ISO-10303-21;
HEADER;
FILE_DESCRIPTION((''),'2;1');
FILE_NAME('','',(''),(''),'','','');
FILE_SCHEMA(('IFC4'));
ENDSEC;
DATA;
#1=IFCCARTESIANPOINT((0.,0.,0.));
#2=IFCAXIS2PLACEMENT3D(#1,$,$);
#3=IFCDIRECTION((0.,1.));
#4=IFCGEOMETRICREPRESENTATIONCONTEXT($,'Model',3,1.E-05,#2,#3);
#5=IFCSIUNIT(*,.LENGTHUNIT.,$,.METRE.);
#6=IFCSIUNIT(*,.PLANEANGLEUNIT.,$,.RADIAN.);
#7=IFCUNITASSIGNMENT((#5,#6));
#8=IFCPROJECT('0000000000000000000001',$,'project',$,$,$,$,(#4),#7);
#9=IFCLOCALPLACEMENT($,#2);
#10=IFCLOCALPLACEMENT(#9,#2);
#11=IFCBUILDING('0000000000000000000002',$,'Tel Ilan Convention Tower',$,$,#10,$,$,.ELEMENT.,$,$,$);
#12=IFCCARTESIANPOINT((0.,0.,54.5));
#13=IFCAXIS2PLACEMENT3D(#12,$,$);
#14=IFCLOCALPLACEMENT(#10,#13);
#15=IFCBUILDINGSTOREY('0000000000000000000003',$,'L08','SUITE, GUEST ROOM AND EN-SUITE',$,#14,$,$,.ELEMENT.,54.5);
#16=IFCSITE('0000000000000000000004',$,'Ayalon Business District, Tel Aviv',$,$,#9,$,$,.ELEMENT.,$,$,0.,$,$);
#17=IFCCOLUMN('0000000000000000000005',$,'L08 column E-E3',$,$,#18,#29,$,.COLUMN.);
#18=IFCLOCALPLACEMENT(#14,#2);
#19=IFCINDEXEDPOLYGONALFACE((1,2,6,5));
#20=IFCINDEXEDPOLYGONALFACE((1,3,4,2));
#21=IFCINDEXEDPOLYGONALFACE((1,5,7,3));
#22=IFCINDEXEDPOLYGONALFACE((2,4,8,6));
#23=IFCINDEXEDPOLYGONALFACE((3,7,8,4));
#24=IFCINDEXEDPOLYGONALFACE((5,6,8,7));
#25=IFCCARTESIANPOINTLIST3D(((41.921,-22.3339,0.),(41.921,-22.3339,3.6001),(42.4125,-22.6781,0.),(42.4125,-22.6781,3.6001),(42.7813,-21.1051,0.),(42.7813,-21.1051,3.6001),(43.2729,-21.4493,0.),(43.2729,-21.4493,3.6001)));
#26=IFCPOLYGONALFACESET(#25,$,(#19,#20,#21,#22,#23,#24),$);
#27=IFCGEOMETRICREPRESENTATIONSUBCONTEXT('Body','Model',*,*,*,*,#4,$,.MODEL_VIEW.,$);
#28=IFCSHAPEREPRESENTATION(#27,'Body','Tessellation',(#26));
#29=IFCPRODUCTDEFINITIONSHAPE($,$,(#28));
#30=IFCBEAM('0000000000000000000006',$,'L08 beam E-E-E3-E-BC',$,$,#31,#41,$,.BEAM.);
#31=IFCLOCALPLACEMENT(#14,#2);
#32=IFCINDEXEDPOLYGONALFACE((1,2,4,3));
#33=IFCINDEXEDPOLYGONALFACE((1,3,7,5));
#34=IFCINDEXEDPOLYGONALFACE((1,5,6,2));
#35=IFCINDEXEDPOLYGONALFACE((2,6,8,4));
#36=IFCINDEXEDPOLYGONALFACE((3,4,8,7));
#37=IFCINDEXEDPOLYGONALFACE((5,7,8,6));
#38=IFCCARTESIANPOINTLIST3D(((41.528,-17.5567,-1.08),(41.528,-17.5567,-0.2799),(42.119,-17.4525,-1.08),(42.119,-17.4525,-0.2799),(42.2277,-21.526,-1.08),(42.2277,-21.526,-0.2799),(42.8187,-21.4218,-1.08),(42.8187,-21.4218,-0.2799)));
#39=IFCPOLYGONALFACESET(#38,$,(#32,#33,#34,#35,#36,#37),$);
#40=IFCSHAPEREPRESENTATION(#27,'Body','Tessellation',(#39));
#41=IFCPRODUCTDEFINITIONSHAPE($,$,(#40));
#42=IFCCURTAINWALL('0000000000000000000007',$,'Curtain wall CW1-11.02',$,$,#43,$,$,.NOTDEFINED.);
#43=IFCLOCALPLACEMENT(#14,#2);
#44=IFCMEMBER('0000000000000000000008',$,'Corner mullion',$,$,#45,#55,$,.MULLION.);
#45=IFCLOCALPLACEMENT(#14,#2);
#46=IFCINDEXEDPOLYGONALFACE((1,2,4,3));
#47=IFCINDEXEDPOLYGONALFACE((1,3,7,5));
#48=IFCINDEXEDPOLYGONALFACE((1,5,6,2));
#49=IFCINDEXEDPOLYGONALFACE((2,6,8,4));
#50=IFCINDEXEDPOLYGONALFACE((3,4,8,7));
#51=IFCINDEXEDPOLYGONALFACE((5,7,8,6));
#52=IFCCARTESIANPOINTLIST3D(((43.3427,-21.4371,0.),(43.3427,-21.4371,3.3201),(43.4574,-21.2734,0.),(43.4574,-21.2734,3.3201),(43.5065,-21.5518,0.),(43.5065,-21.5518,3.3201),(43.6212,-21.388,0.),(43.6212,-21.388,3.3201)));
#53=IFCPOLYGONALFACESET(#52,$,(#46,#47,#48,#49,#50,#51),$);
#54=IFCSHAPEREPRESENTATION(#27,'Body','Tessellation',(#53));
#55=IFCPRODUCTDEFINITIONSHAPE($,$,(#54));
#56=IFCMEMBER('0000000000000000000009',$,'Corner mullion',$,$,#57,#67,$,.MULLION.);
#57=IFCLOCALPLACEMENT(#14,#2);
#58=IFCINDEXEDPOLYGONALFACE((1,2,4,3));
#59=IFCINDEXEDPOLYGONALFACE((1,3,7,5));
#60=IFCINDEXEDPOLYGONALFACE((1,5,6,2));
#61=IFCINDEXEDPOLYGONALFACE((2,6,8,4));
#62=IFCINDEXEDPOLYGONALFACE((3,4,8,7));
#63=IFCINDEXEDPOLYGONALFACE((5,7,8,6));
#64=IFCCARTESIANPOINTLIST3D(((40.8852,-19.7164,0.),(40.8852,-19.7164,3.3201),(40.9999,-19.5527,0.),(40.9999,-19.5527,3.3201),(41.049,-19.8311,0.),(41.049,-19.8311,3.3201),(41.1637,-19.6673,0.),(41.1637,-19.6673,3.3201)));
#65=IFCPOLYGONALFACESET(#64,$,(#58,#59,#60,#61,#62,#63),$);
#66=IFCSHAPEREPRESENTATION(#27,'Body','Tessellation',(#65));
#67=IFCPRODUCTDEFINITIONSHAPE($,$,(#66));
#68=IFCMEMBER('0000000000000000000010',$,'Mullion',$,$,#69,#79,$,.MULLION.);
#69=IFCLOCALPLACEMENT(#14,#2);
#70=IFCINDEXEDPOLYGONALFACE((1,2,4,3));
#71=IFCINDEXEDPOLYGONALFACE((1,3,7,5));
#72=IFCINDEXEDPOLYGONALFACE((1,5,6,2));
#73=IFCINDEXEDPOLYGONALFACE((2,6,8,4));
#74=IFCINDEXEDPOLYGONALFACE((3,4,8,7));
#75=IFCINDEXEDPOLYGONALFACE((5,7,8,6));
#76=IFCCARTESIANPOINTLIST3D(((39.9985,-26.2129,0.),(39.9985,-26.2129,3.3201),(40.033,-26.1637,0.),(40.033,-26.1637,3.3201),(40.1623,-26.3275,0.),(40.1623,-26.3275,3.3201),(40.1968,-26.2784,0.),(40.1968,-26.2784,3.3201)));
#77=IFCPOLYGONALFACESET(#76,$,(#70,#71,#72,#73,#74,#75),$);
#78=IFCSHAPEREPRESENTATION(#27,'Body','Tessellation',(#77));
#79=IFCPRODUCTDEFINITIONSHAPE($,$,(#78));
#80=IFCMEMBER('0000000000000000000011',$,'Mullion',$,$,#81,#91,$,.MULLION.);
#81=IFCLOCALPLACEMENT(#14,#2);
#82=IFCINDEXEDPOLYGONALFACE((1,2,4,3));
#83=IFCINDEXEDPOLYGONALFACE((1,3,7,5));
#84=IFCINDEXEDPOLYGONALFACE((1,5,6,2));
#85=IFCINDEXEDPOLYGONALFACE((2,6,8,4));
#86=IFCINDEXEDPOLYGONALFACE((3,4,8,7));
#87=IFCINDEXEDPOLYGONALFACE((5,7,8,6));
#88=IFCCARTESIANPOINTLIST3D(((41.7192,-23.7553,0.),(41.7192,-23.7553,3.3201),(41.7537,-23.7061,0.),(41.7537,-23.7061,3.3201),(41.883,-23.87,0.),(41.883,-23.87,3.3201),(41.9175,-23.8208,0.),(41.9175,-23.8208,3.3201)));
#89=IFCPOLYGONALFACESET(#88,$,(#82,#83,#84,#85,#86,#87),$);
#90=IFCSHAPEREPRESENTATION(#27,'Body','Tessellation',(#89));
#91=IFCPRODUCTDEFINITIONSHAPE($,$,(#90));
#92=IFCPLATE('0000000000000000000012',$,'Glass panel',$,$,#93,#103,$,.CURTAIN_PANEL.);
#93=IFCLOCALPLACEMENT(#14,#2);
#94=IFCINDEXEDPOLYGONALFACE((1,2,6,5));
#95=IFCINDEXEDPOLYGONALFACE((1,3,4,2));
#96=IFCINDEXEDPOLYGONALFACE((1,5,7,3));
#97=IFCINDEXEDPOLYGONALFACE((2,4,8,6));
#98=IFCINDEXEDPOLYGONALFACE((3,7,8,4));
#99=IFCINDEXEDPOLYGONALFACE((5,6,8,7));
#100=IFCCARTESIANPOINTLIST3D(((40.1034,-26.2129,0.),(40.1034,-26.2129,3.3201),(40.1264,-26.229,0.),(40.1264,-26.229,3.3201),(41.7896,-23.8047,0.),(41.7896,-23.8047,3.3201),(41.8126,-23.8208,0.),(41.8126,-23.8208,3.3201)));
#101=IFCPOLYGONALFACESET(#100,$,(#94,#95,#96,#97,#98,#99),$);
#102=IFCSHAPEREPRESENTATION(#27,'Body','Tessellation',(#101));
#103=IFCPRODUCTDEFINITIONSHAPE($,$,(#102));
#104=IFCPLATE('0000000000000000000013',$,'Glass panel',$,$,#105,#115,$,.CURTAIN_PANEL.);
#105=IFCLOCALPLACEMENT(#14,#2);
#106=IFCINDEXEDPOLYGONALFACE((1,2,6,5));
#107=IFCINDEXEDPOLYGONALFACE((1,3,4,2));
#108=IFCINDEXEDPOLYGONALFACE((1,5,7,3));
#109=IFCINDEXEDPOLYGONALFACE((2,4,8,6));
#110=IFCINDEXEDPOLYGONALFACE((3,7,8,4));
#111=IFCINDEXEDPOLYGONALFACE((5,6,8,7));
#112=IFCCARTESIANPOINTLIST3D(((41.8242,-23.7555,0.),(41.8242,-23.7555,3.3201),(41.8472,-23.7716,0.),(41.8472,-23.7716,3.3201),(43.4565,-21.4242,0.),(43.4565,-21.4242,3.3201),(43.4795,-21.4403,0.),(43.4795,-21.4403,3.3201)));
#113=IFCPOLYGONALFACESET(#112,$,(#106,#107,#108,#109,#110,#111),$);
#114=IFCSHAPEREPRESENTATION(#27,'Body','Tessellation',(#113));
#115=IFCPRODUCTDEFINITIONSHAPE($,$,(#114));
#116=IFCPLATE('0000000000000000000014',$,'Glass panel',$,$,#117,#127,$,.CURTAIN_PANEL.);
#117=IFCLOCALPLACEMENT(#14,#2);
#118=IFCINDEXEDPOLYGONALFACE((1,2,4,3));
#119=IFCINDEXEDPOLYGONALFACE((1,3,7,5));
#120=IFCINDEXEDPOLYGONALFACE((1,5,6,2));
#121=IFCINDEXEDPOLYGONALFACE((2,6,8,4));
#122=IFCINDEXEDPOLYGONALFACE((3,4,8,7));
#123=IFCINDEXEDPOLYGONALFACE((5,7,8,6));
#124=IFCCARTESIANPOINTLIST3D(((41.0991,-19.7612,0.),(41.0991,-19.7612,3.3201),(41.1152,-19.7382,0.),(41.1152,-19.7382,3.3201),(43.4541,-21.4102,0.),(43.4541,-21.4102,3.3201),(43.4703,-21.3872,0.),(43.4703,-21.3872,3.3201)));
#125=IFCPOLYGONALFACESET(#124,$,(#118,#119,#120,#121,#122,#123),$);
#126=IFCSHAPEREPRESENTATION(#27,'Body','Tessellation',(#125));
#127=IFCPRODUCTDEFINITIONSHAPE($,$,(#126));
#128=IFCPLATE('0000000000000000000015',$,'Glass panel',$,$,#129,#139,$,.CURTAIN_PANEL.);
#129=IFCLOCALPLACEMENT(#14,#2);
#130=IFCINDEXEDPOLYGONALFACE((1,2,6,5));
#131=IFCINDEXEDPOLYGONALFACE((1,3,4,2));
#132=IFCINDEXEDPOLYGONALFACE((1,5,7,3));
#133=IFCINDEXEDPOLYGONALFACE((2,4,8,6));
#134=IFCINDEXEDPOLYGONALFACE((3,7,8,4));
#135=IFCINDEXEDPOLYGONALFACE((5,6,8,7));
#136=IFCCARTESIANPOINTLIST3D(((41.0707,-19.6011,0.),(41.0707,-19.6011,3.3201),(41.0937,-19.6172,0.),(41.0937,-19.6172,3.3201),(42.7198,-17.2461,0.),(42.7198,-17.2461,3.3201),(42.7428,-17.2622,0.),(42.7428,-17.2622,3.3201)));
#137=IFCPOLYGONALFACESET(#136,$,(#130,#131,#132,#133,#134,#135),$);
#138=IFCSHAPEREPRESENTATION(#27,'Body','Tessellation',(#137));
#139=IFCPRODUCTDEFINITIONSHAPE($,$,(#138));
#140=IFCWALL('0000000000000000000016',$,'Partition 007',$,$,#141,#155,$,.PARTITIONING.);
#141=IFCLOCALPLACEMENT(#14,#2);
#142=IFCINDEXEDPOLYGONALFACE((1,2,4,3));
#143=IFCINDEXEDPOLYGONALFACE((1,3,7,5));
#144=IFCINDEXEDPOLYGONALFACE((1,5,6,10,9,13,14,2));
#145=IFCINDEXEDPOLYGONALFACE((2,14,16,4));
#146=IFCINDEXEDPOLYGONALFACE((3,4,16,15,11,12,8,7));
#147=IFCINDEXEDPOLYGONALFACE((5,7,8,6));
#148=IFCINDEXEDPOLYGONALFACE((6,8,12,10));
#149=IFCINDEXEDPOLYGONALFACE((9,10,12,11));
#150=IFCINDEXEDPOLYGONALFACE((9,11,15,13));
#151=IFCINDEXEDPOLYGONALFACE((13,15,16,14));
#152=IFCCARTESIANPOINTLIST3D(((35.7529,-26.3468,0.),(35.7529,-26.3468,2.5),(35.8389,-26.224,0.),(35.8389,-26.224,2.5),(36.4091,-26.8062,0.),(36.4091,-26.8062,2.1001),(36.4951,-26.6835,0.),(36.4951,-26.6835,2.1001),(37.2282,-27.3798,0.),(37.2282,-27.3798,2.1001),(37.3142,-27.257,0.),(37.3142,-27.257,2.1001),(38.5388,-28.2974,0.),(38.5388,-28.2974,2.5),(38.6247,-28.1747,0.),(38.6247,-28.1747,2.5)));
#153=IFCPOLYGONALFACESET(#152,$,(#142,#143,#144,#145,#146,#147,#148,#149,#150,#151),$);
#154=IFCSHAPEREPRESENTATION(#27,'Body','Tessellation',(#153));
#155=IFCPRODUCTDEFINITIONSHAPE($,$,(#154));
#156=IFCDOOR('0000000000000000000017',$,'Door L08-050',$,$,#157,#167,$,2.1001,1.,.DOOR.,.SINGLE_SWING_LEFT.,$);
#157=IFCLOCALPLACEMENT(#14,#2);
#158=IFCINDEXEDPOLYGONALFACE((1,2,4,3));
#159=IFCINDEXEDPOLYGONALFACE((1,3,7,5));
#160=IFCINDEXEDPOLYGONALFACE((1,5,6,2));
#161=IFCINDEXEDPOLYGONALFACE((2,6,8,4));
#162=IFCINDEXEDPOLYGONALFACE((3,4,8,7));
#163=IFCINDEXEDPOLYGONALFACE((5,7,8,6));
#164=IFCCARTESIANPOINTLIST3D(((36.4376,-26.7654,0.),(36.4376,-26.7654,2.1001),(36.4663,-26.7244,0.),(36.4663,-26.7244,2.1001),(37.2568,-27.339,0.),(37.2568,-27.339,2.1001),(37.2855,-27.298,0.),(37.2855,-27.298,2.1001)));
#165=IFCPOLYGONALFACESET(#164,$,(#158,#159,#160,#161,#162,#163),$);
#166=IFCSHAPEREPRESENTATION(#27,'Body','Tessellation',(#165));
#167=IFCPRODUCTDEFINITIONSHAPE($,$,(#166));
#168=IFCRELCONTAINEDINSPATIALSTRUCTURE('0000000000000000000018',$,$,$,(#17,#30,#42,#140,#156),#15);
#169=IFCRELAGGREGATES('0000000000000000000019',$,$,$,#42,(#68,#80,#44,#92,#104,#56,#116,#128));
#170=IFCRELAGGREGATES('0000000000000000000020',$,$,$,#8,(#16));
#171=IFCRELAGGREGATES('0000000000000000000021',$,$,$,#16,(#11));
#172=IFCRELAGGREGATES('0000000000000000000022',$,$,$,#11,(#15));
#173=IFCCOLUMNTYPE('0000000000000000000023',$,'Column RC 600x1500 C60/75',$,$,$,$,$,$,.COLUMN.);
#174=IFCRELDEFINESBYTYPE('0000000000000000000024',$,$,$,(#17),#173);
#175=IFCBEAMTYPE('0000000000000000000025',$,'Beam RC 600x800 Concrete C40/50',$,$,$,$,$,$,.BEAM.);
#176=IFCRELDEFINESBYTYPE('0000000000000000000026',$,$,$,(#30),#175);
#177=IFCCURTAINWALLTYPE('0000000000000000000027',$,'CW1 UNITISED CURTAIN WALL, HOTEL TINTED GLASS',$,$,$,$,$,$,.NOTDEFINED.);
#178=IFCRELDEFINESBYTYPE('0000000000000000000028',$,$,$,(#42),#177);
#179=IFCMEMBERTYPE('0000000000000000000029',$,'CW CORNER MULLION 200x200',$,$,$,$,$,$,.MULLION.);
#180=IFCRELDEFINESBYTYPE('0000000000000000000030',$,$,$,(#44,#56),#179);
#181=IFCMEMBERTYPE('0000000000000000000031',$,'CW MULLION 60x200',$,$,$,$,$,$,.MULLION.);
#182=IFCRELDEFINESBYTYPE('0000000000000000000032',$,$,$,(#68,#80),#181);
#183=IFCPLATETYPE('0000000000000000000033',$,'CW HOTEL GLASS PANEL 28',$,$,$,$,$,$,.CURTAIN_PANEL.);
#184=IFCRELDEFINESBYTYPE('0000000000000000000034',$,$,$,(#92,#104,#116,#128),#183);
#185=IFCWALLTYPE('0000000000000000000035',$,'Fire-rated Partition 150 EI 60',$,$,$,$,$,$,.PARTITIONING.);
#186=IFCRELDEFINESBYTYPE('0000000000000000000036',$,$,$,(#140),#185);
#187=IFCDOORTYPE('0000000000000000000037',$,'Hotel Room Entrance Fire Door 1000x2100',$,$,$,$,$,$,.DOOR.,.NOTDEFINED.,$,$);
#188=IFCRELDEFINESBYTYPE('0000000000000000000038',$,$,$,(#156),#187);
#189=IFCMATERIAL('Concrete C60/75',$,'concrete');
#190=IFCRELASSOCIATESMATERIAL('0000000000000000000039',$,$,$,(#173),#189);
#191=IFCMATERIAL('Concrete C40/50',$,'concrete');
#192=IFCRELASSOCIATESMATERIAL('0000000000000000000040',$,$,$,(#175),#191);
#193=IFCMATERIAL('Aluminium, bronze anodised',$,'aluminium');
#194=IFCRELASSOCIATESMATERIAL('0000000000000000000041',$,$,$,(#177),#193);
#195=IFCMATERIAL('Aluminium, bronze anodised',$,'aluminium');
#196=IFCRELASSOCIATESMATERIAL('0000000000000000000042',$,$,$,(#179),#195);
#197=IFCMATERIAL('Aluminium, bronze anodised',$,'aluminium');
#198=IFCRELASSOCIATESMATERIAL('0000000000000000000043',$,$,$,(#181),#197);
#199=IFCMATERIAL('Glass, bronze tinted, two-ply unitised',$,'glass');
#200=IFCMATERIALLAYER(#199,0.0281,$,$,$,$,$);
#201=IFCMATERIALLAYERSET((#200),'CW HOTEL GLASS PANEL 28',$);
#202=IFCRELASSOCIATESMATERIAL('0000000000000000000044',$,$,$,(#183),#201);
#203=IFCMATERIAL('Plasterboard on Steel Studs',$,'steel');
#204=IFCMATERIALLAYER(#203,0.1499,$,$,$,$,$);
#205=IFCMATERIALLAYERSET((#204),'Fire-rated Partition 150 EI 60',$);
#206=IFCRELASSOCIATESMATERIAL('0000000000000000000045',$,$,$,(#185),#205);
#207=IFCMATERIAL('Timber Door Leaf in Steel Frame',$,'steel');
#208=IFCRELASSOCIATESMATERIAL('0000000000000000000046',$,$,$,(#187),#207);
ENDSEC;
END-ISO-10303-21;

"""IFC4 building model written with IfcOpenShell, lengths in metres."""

from ifc_helpers import new_model, si_unit, direction, frame, frame_2d, origin, origin_2d, place, context, subcontext, project, spatial, rectangle, extrude, material, layer, layer_set, material_profile, profile_set, type_object, element, fill, aggregate, save


model = new_model("IFC4")

# Units and contexts
model_context = context("Model", 3, precision=1e-05, world=origin(), true_north=direction((0.0, 1.0)))
body_context = subcontext(model_context, "Body", "Model", "MODEL_VIEW")
ifc_project = project(units=[si_unit("LENGTHUNIT", "METRE"), si_unit("PLANEANGLEUNIT", "RADIAN")], contexts=[model_context])

# Site, building, storey
site_placement = place(None, origin())
site = spatial("IfcSite", under=ifc_project, at=site_placement, Name="Ayalon Business District, Tel Aviv", CompositionType="ELEMENT", RefElevation=0.0)
building_placement = place(site_placement, origin())
building = spatial("IfcBuilding", under=site, at=building_placement, Name="Tel Ilan Convention Tower", CompositionType="ELEMENT")
storey_placement = place(building_placement, frame((0.0, 0.0, 54.5)))
storey = spatial("IfcBuildingStorey", under=building, at=storey_placement, Name="L08", Description="SUITE, GUEST ROOM AND EN-SUITE", CompositionType="ELEMENT", Elevation=54.5)

# Column
ifc_material_1 = material(Name="Concrete C60/75", Category="concrete")
ifc_material_profile_1 = material_profile(ifc_material_1, rectangle(XDim=1.5, YDim=0.6001, at=origin_2d()), Name="RC 600x1500")
ifc_profile_set_1 = profile_set([ifc_material_profile_1], Name="Concrete C60/75")
column_type = type_object("IfcColumnType", Name="Column RC 600x1500 C60/75", PredefinedType="COLUMN", material=ifc_profile_set_1)
column_placement = place(storey_placement, frame((42.5969, -21.8916, 0.0), z_axis=(0.0, 0.0, 1.0), x_axis=(0.573576, 0.819152, 0.0)))
element("IfcColumn", 1, at=column_placement, inside=storey, type_object=column_type, Name="L08 column E-E3", PredefinedType="COLUMN", context=body_context, shape_type="SweptSolid", body=[
    extrude(rectangle(XDim=1.5, YDim=0.6001, at=origin_2d()), origin(), (0.0, 0.0, 1.0), 3.6001),
])

# Beam
ifc_material_2 = material(Name="Concrete C40/50", Category="concrete")
ifc_material_profile_2 = material_profile(ifc_material_2, rectangle(XDim=0.6001, YDim=0.8, at=origin_2d()), Name="RC 600x800")
ifc_profile_set_2 = profile_set([ifc_material_profile_2], Name="Concrete C40/50")
beam_type = type_object("IfcBeamType", Name="Beam RC 600x800 Concrete C40/50", PredefinedType="BEAM", material=ifc_profile_set_2)
beam_placement = place(storey_placement, frame((42.5232, -21.4739, -0.6799), z_axis=(-0.173606, 0.984815, 0.0), x_axis=(-0.984815, -0.173606, 0.0)))
element("IfcBeam", 2, at=beam_placement, inside=storey, type_object=beam_type, Name="L08 beam E-E-E3-E-BC", PredefinedType="BEAM", context=body_context, shape_type="SweptSolid", body=[
    extrude(rectangle(XDim=0.6001, YDim=0.8, at=origin_2d()), origin(), (0.0, 0.0, 1.0), 4.0305),
])

# Curtain wall, members, plates
ifc_material_3 = material(Name="Aluminium, bronze anodised", Category="aluminium")
curtain_wall_type = type_object("IfcCurtainWallType", Name="CW1 UNITISED CURTAIN WALL, HOTEL TINTED GLASS", PredefinedType="NOTDEFINED", material=ifc_material_3)
curtain_wall_placement = place(storey_placement, origin())
curtain_wall = element("IfcCurtainWall", 3, at=curtain_wall_placement, inside=storey, type_object=curtain_wall_type, Name="Curtain wall CW1-11.02", PredefinedType="NOTDEFINED")
ifc_material_4 = material(Name="Aluminium, bronze anodised", Category="aluminium")
ifc_material_profile_3 = material_profile(ifc_material_4, rectangle(XDim=0.2, YDim=0.2, at=origin_2d()), Name="CW CORNER MULLION 200x200")
ifc_profile_set_3 = profile_set([ifc_material_profile_3], Name="Aluminium, bronze anodised")
member_type_1 = type_object("IfcMemberType", Name="CW CORNER MULLION 200x200", PredefinedType="MULLION", material=ifc_profile_set_3)
member_1_placement = place(storey_placement, frame((43.4819, -21.4126, 0.0), z_axis=(0.0, 0.0, 1.0), x_axis=(0.573576, 0.819152, 0.0)))
member_1 = element("IfcMember", 4, at=member_1_placement, type_object=member_type_1, Name="Corner mullion", PredefinedType="MULLION", context=body_context, shape_type="SweptSolid", body=[
    extrude(rectangle(XDim=0.2, YDim=0.2, at=origin_2d()), origin(), (0.0, 0.0, 1.0), 3.3201),
])
member_2_placement = place(storey_placement, frame((41.0244, -19.6919, 0.0), z_axis=(0.0, 0.0, 1.0), x_axis=(-0.819152, 0.573576, 0.0)))
member_2 = element("IfcMember", 5, at=member_2_placement, type_object=member_type_1, Name="Corner mullion", PredefinedType="MULLION", context=body_context, shape_type="SweptSolid", body=[
    extrude(rectangle(XDim=0.2, YDim=0.2, at=origin_2d()), origin(), (0.0, 0.0, 1.0), 3.3201),
])
ifc_material_5 = material(Name="Aluminium, bronze anodised", Category="aluminium")
ifc_material_profile_4 = material_profile(ifc_material_5, rectangle(XDim=0.0601, YDim=0.2, at=origin_2d()), Name="CW MULLION 60x200")
ifc_profile_set_4 = profile_set([ifc_material_profile_4], Name="Aluminium, bronze anodised")
member_type_2 = type_object("IfcMemberType", Name="CW MULLION 60x200", PredefinedType="MULLION", material=ifc_profile_set_4)
member_3_placement = place(storey_placement, frame((40.0977, -26.2456, 0.0), z_axis=(0.0, 0.0, 1.0), x_axis=(0.573576, 0.819152, 0.0)))
member_3 = element("IfcMember", 6, at=member_3_placement, type_object=member_type_2, Name="Mullion", PredefinedType="MULLION", context=body_context, shape_type="SweptSolid", body=[
    extrude(rectangle(XDim=0.0601, YDim=0.2, at=origin_2d()), origin(), (0.0, 0.0, 1.0), 3.3201),
])
member_4_placement = place(storey_placement, frame((41.8184, -23.7881, 0.0), z_axis=(0.0, 0.0, 1.0), x_axis=(0.573576, 0.819152, 0.0)))
member_4 = element("IfcMember", 7, at=member_4_placement, type_object=member_type_2, Name="Mullion", PredefinedType="MULLION", context=body_context, shape_type="SweptSolid", body=[
    extrude(rectangle(XDim=0.0601, YDim=0.2, at=origin_2d()), origin(), (0.0, 0.0, 1.0), 3.3201),
])
ifc_material_6 = material(Name="Glass, bronze tinted, two-ply unitised", Category="glass")
ifc_layer_1 = layer(ifc_material_6, 0.0281)
ifc_layer_set_1 = layer_set([ifc_layer_1], Name="CW HOTEL GLASS PANEL 28")
plate_type = type_object("IfcPlateType", Name="CW HOTEL GLASS PANEL 28", PredefinedType="CURTAIN_PANEL", material=ifc_layer_set_1)
plate_1_placement = place(storey_placement, frame((40.958, -25.0168, 0.0), z_axis=(0.0, 0.0, 1.0), x_axis=(0.573576, 0.819152, 0.0)))
plate_1 = element("IfcPlate", 8, at=plate_1_placement, type_object=plate_type, Name="Glass panel", PredefinedType="CURTAIN_PANEL", context=body_context, shape_type="SweptSolid", body=[
    extrude(rectangle(XDim=2.9399, YDim=0.0281, at=origin_2d()), origin(), (0.0, 0.0, 1.0), 3.3201),
])
plate_2_placement = place(storey_placement, frame((42.6519, -22.5979, 0.0), z_axis=(0.0, 0.0, 1.0), x_axis=(0.573576, 0.819152, 0.0)))
plate_2 = element("IfcPlate", 9, at=plate_2_placement, type_object=plate_type, Name="Glass panel", PredefinedType="CURTAIN_PANEL", context=body_context, shape_type="SweptSolid", body=[
    extrude(rectangle(XDim=2.8459, YDim=0.0281, at=origin_2d()), origin(), (0.0, 0.0, 1.0), 3.3201),
])
plate_3_placement = place(storey_placement, frame((42.2847, -20.5742, 0.0), z_axis=(0.0, 0.0, 1.0), x_axis=(-0.819152, 0.573576, 0.0)))
plate_3 = element("IfcPlate", 10, at=plate_3_placement, type_object=plate_type, Name="Glass panel", PredefinedType="CURTAIN_PANEL", context=body_context, shape_type="SweptSolid", body=[
    extrude(rectangle(XDim=2.875, YDim=0.0281, at=origin_2d()), origin(), (0.0, 0.0, 1.0), 3.3201),
])
plate_4_placement = place(storey_placement, frame((41.9067, -18.4316, 0.0), z_axis=(0.0, 0.0, 1.0), x_axis=(0.573576, 0.819152, 0.0)))
plate_4 = element("IfcPlate", 11, at=plate_4_placement, type_object=plate_type, Name="Glass panel", PredefinedType="CURTAIN_PANEL", context=body_context, shape_type="SweptSolid", body=[
    extrude(rectangle(XDim=2.875, YDim=0.0281, at=origin_2d()), origin(), (0.0, 0.0, 1.0), 3.3201),
])
aggregate(curtain_wall, [member_3, member_4, member_1, plate_1, plate_2, member_2, plate_3, plate_4])

# Wall, opening, door
ifc_material_7 = material(Name="Plasterboard on Steel Studs", Category="steel")
ifc_layer_2 = layer(ifc_material_7, 0.1499)
ifc_layer_set_2 = layer_set([ifc_layer_2], Name="Fire-rated Partition 150 EI 60")
wall_type_1 = type_object("IfcWallType", Name="Fire-rated Partition 150 EI 60", PredefinedType="PARTITIONING", material=ifc_layer_set_2)
wall_1_placement = place(storey_placement, frame((35.7959, -26.2854, 0.0), z_axis=(0.0, 0.0, 1.0), x_axis=(0.819154, -0.573573, 0.0)))
wall_1 = element("IfcWall", 12, at=wall_1_placement, inside=storey, type_object=wall_type_1, Name="Partition 007", PredefinedType="PARTITIONING", context=body_context, shape_type="SweptSolid", body=[
    extrude(rectangle(XDim=3.4009, YDim=0.1499, at=frame_2d((1.7004, 0.0))), origin(), (0.0, 0.0, 1.0), 2.5),
])
opening_1_placement = place(wall_1_placement, frame((0.801, 0.0, 0.0)))
opening_1 = element("IfcOpeningElement", 13, at=opening_1_placement, cuts=wall_1, PredefinedType="OPENING", context=body_context, shape_type="SweptSolid", body=[
    extrude(rectangle(XDim=1.0, YDim=2.1001, at=frame_2d((0.5, 1.05))), frame((0.0, 0.085, 0.0), z_axis=(0.0, -1.0, 0.0), x_axis=(1.0, 0.0, 0.0)), (0.0, 0.0, 1.0), 0.1699),
])
ifc_material_8 = material(Name="Timber Door Leaf in Steel Frame", Category="steel")
door_type_1 = type_object("IfcDoorType", Name="Hotel Room Entrance Fire Door 1000x2100", OperationType="NOTDEFINED", PredefinedType="DOOR", material=ifc_material_8)
door_1_placement = place(opening_1_placement, origin())
door_1 = element("IfcDoor", 14, at=door_1_placement, inside=storey, type_object=door_type_1, Name="Door L08-050", OperationType="SINGLE_SWING_LEFT", OverallHeight=2.1001, OverallWidth=1.0, PredefinedType="DOOR", context=body_context, shape_type="SweptSolid", body=[
    extrude(rectangle(XDim=1.0, YDim=2.1001, at=frame_2d((0.5, 1.05))), frame((0.0, 0.0249, 0.0), z_axis=(0.0, -1.0, 0.0), x_axis=(1.0, 0.0, 0.0)), (0.0, 0.0, 1.0), 0.05),
])
fill(opening_1, door_1)

save(model, "model.ifc")
